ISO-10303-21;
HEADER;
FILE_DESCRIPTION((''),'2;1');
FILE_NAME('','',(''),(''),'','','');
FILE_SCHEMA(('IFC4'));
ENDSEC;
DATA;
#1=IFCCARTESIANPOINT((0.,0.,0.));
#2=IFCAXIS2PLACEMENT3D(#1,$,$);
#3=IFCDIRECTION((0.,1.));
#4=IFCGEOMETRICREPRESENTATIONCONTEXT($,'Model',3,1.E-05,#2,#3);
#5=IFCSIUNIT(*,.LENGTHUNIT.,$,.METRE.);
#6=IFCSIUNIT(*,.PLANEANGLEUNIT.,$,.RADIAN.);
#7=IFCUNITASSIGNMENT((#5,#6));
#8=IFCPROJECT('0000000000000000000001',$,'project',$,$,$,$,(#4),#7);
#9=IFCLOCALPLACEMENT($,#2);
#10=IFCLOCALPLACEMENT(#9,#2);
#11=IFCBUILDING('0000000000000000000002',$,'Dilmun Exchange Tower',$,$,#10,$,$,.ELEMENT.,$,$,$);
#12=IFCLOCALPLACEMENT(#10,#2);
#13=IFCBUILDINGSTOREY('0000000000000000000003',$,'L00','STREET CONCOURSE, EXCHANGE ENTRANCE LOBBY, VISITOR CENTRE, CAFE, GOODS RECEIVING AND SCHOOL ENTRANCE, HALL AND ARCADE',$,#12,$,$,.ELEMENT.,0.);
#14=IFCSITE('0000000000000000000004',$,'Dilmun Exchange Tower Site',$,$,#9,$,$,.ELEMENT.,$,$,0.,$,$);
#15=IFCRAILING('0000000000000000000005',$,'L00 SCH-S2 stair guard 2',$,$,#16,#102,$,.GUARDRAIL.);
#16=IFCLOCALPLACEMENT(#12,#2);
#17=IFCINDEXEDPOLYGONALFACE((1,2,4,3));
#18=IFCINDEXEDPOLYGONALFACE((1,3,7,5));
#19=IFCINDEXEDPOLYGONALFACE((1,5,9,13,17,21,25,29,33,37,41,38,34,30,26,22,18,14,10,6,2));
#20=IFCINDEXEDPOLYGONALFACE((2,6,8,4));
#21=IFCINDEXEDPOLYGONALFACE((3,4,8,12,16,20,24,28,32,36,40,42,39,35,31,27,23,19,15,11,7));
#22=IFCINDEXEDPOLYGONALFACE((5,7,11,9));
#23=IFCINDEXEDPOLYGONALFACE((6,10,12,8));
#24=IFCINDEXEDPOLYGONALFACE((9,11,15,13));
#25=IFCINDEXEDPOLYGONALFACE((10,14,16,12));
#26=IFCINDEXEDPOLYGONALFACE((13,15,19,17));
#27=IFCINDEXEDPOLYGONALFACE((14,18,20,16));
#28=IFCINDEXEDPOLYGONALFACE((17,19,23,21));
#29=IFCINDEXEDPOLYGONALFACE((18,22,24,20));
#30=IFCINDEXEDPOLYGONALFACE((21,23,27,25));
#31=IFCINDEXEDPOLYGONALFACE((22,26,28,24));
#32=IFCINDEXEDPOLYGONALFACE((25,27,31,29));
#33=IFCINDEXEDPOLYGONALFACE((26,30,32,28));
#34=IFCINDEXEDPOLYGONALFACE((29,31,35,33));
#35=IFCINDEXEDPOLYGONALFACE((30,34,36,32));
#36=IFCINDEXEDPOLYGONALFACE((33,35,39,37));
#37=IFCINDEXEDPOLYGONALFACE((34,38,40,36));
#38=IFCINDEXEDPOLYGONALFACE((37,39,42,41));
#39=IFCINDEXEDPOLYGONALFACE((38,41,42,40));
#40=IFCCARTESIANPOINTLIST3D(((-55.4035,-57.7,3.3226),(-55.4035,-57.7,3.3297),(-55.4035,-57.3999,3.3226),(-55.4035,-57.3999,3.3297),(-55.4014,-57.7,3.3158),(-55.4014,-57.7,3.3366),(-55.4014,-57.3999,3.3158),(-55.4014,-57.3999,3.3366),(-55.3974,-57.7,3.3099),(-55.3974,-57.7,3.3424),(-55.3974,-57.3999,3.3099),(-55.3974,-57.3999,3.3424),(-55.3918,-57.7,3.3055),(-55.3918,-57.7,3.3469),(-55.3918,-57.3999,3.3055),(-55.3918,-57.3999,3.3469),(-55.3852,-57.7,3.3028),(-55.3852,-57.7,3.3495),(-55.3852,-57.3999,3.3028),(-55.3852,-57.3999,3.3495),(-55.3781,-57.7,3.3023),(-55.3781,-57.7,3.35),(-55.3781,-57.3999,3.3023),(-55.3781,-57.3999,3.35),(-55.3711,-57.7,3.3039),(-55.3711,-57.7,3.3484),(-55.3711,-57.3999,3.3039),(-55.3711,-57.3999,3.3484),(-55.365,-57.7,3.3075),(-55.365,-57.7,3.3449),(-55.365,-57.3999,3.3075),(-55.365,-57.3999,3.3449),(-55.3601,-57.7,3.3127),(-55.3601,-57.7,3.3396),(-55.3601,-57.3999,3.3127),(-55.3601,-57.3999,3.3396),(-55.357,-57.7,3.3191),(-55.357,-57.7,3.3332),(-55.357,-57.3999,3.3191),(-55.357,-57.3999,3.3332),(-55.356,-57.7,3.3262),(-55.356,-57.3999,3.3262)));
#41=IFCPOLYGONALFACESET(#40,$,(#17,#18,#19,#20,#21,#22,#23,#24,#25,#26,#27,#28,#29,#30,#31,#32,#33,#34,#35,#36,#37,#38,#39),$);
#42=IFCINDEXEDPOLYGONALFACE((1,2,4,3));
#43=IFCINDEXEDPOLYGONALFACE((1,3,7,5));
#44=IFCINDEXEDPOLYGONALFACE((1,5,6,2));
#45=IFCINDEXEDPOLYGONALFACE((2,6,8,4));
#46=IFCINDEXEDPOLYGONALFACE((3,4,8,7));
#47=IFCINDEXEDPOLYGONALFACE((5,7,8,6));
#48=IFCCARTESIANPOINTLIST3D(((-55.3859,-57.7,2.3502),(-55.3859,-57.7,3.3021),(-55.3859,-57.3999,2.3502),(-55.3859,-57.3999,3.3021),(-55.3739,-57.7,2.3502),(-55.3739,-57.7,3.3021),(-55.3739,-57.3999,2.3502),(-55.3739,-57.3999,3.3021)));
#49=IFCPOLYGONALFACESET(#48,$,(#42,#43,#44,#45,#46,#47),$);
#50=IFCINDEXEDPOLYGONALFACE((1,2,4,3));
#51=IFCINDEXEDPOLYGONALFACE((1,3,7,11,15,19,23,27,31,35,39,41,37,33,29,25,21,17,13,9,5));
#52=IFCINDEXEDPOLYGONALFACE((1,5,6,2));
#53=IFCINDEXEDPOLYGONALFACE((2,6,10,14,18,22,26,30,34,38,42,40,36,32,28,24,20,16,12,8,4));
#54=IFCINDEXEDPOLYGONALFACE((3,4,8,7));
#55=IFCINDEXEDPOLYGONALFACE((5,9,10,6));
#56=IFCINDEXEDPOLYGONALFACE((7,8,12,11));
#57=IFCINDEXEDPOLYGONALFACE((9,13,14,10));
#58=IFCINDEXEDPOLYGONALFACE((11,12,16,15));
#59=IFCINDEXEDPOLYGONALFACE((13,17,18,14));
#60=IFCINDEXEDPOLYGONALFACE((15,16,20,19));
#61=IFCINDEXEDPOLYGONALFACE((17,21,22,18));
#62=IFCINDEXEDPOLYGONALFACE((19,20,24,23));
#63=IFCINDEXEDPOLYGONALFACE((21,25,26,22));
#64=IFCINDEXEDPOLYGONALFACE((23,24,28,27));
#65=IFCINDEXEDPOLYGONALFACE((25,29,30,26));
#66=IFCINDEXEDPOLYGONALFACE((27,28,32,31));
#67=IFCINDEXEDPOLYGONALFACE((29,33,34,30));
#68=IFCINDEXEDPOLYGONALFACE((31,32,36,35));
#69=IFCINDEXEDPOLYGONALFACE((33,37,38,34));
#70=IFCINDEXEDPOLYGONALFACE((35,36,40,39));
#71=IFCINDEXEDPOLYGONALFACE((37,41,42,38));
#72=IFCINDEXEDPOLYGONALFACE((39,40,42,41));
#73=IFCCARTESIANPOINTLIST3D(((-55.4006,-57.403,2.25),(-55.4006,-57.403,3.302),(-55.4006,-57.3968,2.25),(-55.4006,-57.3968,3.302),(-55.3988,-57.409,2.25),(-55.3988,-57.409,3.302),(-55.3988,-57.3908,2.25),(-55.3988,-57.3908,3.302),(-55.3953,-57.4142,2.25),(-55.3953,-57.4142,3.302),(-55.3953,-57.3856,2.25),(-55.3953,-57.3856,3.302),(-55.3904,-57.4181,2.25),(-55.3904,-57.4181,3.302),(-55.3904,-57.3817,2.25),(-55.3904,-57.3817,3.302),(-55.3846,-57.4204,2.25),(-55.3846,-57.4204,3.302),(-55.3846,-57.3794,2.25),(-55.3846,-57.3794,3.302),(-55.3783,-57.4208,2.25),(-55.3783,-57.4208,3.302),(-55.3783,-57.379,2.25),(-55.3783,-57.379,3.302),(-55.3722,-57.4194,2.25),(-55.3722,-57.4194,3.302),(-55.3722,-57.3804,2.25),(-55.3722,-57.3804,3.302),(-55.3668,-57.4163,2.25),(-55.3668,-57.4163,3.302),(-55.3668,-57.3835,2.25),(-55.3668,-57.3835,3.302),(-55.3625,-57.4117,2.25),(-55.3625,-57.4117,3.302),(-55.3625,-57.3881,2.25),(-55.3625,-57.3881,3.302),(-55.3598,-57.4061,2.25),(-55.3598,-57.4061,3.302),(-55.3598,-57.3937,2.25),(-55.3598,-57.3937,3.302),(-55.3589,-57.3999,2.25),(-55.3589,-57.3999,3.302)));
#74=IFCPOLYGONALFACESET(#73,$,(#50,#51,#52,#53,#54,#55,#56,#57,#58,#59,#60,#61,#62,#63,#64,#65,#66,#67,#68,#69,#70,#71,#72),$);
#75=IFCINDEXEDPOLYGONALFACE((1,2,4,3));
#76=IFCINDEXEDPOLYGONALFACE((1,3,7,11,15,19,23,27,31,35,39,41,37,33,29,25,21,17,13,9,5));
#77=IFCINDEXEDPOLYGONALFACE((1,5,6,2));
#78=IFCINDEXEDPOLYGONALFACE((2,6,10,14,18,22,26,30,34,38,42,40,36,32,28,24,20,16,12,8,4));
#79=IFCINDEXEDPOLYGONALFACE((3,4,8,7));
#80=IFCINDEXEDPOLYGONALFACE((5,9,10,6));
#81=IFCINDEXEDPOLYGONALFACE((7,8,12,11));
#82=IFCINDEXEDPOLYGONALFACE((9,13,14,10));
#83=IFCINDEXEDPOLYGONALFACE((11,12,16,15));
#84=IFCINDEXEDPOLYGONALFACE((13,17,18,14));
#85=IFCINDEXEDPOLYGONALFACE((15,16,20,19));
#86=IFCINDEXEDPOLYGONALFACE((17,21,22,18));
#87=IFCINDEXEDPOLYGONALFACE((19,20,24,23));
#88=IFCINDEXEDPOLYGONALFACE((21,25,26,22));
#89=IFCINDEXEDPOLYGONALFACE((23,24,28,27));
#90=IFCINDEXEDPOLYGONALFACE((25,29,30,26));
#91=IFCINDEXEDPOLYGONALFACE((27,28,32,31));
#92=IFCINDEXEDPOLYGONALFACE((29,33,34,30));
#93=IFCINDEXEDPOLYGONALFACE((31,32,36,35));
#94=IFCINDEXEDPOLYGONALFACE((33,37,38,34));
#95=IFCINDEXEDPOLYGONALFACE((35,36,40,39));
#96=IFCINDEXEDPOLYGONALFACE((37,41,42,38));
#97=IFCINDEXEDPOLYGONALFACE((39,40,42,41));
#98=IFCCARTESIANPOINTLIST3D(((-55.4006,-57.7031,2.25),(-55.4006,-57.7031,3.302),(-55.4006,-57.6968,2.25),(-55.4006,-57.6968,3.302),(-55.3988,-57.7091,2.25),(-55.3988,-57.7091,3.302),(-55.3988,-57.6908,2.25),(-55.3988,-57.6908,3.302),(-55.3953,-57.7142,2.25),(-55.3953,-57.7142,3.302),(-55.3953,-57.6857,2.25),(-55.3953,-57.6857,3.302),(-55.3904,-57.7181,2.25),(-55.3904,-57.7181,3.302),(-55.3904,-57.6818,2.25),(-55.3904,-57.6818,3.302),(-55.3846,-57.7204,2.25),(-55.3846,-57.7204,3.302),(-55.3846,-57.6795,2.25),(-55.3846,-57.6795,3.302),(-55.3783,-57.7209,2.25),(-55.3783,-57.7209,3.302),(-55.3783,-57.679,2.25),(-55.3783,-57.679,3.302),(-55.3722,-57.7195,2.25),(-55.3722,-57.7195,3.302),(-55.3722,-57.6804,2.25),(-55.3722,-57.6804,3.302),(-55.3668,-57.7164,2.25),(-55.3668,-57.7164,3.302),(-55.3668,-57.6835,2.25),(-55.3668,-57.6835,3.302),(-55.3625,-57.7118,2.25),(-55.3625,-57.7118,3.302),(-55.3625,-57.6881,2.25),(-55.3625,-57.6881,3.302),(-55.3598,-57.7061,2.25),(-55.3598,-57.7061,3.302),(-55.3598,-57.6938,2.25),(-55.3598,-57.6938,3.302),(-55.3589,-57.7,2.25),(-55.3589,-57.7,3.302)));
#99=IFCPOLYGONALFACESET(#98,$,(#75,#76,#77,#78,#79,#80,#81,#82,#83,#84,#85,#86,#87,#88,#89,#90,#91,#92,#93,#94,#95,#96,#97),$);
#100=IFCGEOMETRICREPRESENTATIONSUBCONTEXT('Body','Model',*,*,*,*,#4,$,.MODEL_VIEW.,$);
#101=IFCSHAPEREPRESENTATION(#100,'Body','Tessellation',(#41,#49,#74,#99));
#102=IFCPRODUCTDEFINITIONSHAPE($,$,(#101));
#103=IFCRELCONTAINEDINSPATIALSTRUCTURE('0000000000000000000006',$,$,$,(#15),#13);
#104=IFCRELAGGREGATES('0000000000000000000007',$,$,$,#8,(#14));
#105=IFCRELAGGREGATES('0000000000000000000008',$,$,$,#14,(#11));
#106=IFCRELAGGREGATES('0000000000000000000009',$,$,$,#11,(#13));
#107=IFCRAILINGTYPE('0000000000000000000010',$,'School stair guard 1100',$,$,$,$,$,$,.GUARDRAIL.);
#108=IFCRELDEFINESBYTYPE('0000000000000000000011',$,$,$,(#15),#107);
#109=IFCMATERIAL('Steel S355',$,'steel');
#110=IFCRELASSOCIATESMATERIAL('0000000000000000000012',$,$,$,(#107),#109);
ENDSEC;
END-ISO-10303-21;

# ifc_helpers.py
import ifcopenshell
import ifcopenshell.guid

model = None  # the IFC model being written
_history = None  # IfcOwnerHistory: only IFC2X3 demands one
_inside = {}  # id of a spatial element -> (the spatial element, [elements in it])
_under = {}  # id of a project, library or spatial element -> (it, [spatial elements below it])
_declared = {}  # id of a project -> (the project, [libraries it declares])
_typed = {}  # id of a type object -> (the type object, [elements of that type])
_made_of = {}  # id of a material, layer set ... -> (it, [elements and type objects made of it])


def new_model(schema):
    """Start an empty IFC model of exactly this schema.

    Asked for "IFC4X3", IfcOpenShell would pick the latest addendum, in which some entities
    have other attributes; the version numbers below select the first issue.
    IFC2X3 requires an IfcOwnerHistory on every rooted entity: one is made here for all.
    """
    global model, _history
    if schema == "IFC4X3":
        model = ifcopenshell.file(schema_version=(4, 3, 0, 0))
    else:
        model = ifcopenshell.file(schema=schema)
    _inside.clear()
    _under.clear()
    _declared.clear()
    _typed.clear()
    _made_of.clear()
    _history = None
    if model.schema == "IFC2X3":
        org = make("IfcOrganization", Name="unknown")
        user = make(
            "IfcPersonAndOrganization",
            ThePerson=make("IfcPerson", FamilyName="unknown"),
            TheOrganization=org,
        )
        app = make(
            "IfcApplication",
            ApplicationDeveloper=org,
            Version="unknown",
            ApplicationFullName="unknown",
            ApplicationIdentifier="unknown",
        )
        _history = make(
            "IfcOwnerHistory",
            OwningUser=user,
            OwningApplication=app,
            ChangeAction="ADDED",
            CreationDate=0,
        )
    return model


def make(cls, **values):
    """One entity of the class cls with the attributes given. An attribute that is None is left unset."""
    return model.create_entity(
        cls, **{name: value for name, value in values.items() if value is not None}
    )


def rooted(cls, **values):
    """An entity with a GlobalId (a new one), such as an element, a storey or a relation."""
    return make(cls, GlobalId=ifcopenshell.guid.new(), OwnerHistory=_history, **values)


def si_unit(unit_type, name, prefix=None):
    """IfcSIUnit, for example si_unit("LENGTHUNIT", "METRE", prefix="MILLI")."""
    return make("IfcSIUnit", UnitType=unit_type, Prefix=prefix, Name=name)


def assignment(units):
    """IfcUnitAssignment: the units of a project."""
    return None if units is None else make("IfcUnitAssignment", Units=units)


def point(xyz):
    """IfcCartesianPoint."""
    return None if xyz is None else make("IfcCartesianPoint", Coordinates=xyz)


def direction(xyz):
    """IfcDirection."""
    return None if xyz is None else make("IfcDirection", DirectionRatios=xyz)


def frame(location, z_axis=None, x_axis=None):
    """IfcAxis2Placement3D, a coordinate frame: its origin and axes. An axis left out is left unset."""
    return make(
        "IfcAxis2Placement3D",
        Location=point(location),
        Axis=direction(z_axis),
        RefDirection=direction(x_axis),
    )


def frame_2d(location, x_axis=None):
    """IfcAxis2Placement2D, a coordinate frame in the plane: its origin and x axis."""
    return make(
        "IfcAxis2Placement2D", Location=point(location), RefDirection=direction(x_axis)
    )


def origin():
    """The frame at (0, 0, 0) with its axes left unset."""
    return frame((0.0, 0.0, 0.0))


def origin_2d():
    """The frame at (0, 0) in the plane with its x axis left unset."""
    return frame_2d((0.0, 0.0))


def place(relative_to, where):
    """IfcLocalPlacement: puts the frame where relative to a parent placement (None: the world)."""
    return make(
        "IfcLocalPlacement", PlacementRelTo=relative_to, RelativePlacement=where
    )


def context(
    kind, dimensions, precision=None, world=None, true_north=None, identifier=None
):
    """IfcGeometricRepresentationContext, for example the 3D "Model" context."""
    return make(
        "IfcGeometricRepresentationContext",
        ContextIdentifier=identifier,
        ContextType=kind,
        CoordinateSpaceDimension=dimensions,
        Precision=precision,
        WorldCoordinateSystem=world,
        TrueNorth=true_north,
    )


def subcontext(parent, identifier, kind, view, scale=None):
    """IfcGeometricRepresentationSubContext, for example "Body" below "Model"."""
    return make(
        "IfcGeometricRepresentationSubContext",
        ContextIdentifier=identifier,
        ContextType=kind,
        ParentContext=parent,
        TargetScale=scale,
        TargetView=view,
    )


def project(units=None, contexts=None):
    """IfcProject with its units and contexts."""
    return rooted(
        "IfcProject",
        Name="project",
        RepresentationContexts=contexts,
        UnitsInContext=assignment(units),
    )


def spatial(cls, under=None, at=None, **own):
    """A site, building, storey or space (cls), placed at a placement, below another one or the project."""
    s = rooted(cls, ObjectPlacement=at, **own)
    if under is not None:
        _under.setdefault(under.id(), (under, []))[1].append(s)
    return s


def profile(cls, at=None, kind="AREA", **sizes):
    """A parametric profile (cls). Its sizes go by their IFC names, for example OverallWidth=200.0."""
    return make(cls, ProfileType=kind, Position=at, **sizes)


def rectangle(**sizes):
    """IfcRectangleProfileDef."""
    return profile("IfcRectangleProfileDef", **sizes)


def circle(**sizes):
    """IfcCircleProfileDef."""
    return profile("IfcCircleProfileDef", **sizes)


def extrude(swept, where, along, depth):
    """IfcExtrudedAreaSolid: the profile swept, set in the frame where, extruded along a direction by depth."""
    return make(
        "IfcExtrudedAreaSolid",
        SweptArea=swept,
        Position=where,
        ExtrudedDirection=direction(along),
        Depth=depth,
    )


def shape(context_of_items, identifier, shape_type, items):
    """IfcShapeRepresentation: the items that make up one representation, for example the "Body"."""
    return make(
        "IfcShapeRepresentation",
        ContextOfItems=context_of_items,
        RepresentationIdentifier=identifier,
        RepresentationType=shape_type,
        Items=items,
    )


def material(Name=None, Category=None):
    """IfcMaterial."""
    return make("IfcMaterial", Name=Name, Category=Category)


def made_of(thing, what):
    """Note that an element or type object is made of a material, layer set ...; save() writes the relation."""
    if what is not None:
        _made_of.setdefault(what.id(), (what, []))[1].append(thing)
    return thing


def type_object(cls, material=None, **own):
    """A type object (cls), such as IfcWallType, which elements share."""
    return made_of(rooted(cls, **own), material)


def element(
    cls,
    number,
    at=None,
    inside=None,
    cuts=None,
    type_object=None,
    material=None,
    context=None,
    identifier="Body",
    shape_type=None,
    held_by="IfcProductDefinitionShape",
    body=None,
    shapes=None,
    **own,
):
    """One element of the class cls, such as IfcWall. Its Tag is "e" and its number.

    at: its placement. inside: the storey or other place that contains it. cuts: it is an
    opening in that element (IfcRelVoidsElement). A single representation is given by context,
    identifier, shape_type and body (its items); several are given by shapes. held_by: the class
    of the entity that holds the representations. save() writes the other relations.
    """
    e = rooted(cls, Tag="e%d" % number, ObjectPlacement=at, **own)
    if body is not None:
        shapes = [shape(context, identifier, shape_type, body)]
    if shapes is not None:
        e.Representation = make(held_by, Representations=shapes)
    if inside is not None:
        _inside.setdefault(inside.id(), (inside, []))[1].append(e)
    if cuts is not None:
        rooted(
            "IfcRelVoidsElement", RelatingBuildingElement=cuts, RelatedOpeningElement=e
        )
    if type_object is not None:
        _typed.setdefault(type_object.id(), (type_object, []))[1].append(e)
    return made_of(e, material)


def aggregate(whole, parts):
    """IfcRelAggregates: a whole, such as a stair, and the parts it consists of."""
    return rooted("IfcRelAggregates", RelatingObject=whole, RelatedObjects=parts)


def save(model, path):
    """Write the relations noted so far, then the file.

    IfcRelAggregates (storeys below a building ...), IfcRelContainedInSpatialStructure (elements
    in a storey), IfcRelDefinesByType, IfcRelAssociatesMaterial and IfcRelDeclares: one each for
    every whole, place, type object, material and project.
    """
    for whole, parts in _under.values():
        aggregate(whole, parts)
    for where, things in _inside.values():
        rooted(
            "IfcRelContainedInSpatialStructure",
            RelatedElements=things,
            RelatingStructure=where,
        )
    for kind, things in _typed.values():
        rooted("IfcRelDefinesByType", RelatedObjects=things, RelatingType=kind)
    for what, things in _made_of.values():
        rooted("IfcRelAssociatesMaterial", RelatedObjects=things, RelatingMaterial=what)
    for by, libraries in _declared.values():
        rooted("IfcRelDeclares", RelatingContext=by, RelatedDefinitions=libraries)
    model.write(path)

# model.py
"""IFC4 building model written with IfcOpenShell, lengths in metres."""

from ifc_helpers import new_model, si_unit, direction, frame, origin, origin_2d, place, context, subcontext, project, spatial, rectangle, circle, extrude, material, type_object, element, save


model = new_model("IFC4")

# Units and contexts
model_context = context("Model", 3, precision=1e-05, world=origin(), true_north=direction((0.0, 1.0)))
body_context = subcontext(model_context, "Body", "Model", "MODEL_VIEW")
ifc_project = project(units=[si_unit("LENGTHUNIT", "METRE"), si_unit("PLANEANGLEUNIT", "RADIAN")], contexts=[model_context])

# Site, building, storey
site_placement = place(None, origin())
site = spatial("IfcSite", under=ifc_project, at=site_placement, Name="Dilmun Exchange Tower Site", CompositionType="ELEMENT", RefElevation=0.0)
building_placement = place(site_placement, origin())
building = spatial("IfcBuilding", under=site, at=building_placement, Name="Dilmun Exchange Tower", CompositionType="ELEMENT")
storey_placement = place(building_placement, origin())
storey = spatial("IfcBuildingStorey", under=building, at=storey_placement, Name="L00", Description="STREET CONCOURSE, EXCHANGE ENTRANCE LOBBY, VISITOR CENTRE, CAFE, GOODS RECEIVING AND SCHOOL ENTRANCE, HALL AND ARCADE", CompositionType="ELEMENT", Elevation=0.0)

# Railing
ifc_material_1 = material(Name="Steel S355", Category="steel")
railing_type_1 = type_object("IfcRailingType", Name="School stair guard 1100", PredefinedType="GUARDRAIL", material=ifc_material_1)
railing_1_placement = place(storey_placement, frame((-55.3799, -57.3999, 2.25)))
element("IfcRailing", 1, at=railing_1_placement, inside=storey, type_object=railing_type_1, Name="L00 SCH-S2 stair guard 2", PredefinedType="GUARDRAIL", context=body_context, shape_type="SweptSolid", body=[
    extrude(circle(Radius=0.0239, at=origin_2d()), frame((0.0, 0.0, 1.0762), z_axis=(0.0, -1.0, 0.0), x_axis=(1.0, 0.0, 0.0)), (0.0, 0.0, 1.0), 0.3),
    extrude(rectangle(XDim=0.012, YDim=0.9519, at=origin_2d()), frame((0.0, 0.0, 0.5762), z_axis=(0.0, -1.0, 0.0), x_axis=(1.0, 0.0, 0.0)), (0.0, 0.0, 1.0), 0.3),
    extrude(circle(Radius=0.021, at=origin_2d()), origin(), (0.0, 0.0, 1.0), 1.052),
    extrude(circle(Radius=0.021, at=origin_2d()), frame((0.0, -0.3, 0.0)), (0.0, 0.0, 1.0), 1.052),
])

save(model, "model.ifc")
